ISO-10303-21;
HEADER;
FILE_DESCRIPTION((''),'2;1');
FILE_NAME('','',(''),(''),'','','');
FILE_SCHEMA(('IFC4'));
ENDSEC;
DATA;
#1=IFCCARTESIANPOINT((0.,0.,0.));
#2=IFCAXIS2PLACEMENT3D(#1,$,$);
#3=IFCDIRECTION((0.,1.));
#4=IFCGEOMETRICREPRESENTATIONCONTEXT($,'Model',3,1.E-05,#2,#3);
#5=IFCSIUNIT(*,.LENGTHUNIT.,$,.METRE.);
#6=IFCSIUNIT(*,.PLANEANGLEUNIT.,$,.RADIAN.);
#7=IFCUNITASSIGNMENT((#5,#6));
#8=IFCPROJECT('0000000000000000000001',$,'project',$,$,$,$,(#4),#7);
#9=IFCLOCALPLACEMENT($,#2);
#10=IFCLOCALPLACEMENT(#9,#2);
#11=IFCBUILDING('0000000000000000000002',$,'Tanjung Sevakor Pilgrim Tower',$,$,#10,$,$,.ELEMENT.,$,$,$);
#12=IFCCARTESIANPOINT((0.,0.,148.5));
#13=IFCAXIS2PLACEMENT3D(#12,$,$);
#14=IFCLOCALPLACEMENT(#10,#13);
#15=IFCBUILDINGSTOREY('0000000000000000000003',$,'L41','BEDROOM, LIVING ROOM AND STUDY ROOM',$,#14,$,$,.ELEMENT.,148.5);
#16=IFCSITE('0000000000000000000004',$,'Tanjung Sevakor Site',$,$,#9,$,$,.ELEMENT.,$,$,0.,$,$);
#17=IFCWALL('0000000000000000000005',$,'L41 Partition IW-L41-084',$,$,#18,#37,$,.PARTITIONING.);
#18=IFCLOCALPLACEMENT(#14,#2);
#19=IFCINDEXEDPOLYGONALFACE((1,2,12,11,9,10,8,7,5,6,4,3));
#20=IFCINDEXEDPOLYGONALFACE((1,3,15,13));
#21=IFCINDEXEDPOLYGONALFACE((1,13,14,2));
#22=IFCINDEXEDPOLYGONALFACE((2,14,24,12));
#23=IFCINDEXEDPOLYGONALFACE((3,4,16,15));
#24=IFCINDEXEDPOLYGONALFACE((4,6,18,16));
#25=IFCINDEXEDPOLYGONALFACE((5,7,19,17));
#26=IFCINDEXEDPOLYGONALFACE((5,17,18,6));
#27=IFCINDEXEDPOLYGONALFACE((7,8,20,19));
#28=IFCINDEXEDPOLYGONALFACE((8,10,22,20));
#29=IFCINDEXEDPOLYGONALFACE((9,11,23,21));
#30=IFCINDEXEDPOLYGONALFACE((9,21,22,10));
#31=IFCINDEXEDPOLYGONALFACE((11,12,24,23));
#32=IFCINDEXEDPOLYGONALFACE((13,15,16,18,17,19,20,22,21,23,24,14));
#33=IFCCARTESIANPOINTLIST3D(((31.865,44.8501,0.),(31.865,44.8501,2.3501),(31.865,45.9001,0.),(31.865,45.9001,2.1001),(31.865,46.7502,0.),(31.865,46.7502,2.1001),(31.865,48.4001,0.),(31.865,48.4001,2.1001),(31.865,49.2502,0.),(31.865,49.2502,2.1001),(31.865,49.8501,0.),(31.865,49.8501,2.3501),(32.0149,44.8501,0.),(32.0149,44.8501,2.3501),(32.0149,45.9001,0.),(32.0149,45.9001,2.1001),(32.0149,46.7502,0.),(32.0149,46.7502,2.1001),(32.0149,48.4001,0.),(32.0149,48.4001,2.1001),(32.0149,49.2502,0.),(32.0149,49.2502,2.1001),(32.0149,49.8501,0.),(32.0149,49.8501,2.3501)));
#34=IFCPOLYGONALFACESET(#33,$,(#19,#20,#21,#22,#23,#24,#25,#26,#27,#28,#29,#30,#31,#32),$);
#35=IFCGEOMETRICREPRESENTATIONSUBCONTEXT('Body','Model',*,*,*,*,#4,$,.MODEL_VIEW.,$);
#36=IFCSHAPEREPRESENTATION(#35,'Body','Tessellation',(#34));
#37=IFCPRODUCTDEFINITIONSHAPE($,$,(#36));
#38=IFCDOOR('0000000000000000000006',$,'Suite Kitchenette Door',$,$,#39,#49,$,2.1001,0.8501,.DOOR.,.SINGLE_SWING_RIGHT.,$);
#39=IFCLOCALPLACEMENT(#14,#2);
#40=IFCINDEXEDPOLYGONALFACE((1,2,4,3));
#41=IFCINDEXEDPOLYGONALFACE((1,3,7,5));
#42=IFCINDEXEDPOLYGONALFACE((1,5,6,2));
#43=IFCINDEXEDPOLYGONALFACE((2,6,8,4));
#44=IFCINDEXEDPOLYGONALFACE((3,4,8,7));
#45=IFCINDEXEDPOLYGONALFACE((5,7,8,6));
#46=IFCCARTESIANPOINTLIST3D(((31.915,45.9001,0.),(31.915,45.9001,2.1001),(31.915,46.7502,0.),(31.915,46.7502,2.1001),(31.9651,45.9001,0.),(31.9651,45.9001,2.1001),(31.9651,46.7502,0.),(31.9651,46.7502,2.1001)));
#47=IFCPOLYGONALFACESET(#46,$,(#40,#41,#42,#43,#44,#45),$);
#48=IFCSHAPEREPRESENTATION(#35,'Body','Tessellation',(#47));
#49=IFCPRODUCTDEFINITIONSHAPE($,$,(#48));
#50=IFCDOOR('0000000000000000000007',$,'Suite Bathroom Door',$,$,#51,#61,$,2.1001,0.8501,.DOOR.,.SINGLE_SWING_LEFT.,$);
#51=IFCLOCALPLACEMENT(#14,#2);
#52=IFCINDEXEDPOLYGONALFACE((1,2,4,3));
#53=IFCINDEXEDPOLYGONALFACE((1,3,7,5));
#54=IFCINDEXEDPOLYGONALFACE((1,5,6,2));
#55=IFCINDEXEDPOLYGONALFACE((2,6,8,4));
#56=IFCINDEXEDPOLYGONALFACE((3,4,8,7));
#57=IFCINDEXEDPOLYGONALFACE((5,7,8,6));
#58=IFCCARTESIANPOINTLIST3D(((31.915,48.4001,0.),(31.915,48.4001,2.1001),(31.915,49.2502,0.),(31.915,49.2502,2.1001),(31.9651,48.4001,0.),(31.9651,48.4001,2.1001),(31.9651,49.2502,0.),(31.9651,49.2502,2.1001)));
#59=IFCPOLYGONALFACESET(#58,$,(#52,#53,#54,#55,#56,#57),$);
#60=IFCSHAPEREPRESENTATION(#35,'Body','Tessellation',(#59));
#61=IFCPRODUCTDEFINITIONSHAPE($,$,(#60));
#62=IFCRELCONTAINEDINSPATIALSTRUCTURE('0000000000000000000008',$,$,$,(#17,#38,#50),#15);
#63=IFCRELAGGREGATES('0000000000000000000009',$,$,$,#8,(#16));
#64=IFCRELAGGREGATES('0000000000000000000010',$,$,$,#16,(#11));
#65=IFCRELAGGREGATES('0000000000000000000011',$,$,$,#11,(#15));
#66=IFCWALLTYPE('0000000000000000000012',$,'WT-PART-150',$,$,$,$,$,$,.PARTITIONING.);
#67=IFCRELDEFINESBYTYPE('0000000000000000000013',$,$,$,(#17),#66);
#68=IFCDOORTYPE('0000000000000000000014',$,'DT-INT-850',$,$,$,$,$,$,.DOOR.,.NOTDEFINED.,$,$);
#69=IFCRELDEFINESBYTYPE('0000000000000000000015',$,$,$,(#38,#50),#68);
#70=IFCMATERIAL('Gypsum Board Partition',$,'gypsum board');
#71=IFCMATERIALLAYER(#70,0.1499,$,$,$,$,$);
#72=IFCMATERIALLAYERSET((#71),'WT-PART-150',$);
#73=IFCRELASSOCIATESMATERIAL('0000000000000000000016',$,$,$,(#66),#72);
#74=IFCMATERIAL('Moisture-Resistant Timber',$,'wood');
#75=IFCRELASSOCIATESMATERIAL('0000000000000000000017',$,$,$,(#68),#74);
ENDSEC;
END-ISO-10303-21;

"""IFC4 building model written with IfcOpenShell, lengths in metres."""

from ifc_helpers import new_model, si_unit, direction, frame, frame_2d, origin, place, context, subcontext, project, spatial, rectangle, extrude, material, layer, layer_set, type_object, element, fill, save


model = new_model("IFC4")

# Units and contexts
model_context = context("Model", 3, precision=1e-05, world=origin(), true_north=direction((0.0, 1.0)))
body_context = subcontext(model_context, "Body", "Model", "MODEL_VIEW")
ifc_project = project(units=[si_unit("LENGTHUNIT", "METRE"), si_unit("PLANEANGLEUNIT", "RADIAN")], contexts=[model_context])

# Site, building, storey
site_placement = place(None, origin())
site = spatial("IfcSite", under=ifc_project, at=site_placement, Name="Tanjung Sevakor Site", CompositionType="ELEMENT", RefElevation=0.0)
building_placement = place(site_placement, origin())
building = spatial("IfcBuilding", under=site, at=building_placement, Name="Tanjung Sevakor Pilgrim Tower", CompositionType="ELEMENT")
storey_placement = place(building_placement, frame((0.0, 0.0, 148.5)))
storey = spatial("IfcBuildingStorey", under=building, at=storey_placement, Name="L41", Description="BEDROOM, LIVING ROOM AND STUDY ROOM", CompositionType="ELEMENT", Elevation=148.5)

# Wall, openings, doors
ifc_material_1 = material(Name="Gypsum Board Partition", Category="gypsum board")
ifc_layer_1 = layer(ifc_material_1, 0.1499)
ifc_layer_set_1 = layer_set([ifc_layer_1], Name="WT-PART-150")
wall_type_1 = type_object("IfcWallType", Name="WT-PART-150", PredefinedType="PARTITIONING", material=ifc_layer_set_1)
wall_1_placement = place(storey_placement, frame((31.9399, 44.8501, 0.0), z_axis=(0.0, 0.0, 1.0), x_axis=(0.0, 1.0, 0.0)))
wall_1 = element("IfcWall", 1, at=wall_1_placement, inside=storey, type_object=wall_type_1, Name="L41 Partition IW-L41-084", PredefinedType="PARTITIONING", context=body_context, shape_type="SweptSolid", body=[
    extrude(rectangle(XDim=5.0, YDim=0.1499, at=frame_2d((2.5, 0.0))), origin(), (0.0, 0.0, 1.0), 2.3501),
])
opening_1_placement = place(wall_1_placement, frame((1.05, 0.0, 0.0)))
opening_1 = element("IfcOpeningElement", 2, at=opening_1_placement, cuts=wall_1, PredefinedType="OPENING", context=body_context, shape_type="SweptSolid", body=[
    extrude(rectangle(XDim=0.8501, YDim=2.1001, at=frame_2d((0.425, 1.05))), frame((0.0, 0.085, 0.0), z_axis=(0.0, -1.0, 0.0), x_axis=(1.0, 0.0, 0.0)), (0.0, 0.0, 1.0), 0.1699),
])
opening_2_placement = place(wall_1_placement, frame((3.55, 0.0, 0.0)))
opening_2 = element("IfcOpeningElement", 3, at=opening_2_placement, cuts=wall_1, PredefinedType="OPENING", context=body_context, shape_type="SweptSolid", body=[
    extrude(rectangle(XDim=0.8501, YDim=2.1001, at=frame_2d((0.425, 1.05))), frame((0.0, 0.085, 0.0), z_axis=(0.0, -1.0, 0.0), x_axis=(1.0, 0.0, 0.0)), (0.0, 0.0, 1.0), 0.1699),
])
ifc_material_2 = material(Name="Moisture-Resistant Timber", Category="wood")
door_type_1 = type_object("IfcDoorType", Name="DT-INT-850", OperationType="NOTDEFINED", PredefinedType="DOOR", material=ifc_material_2)
door_1_placement = place(opening_1_placement, origin())
door_1 = element("IfcDoor", 4, at=door_1_placement, inside=storey, type_object=door_type_1, Name="Suite Kitchenette Door", OperationType="SINGLE_SWING_RIGHT", OverallHeight=2.1001, OverallWidth=0.8501, PredefinedType="DOOR", context=body_context, shape_type="SweptSolid", body=[
    extrude(rectangle(XDim=0.8501, YDim=2.1001, at=frame_2d((0.425, 1.05))), frame((0.0, 0.0249, 0.0), z_axis=(0.0, -1.0, 0.0), x_axis=(1.0, 0.0, 0.0)), (0.0, 0.0, 1.0), 0.05),
])
fill(opening_1, door_1)
door_2_placement = place(opening_2_placement, origin())
door_2 = element("IfcDoor", 5, at=door_2_placement, inside=storey, type_object=door_type_1, Name="Suite Bathroom Door", OperationType="SINGLE_SWING_LEFT", OverallHeight=2.1001, OverallWidth=0.8501, PredefinedType="DOOR", context=body_context, shape_type="SweptSolid", body=[
    extrude(rectangle(XDim=0.8501, YDim=2.1001, at=frame_2d((0.425, 1.05))), frame((0.0, 0.0249, 0.0), z_axis=(0.0, -1.0, 0.0), x_axis=(1.0, 0.0, 0.0)), (0.0, 0.0, 1.0), 0.05),
])
fill(opening_2, door_2)

save(model, "model.ifc")
